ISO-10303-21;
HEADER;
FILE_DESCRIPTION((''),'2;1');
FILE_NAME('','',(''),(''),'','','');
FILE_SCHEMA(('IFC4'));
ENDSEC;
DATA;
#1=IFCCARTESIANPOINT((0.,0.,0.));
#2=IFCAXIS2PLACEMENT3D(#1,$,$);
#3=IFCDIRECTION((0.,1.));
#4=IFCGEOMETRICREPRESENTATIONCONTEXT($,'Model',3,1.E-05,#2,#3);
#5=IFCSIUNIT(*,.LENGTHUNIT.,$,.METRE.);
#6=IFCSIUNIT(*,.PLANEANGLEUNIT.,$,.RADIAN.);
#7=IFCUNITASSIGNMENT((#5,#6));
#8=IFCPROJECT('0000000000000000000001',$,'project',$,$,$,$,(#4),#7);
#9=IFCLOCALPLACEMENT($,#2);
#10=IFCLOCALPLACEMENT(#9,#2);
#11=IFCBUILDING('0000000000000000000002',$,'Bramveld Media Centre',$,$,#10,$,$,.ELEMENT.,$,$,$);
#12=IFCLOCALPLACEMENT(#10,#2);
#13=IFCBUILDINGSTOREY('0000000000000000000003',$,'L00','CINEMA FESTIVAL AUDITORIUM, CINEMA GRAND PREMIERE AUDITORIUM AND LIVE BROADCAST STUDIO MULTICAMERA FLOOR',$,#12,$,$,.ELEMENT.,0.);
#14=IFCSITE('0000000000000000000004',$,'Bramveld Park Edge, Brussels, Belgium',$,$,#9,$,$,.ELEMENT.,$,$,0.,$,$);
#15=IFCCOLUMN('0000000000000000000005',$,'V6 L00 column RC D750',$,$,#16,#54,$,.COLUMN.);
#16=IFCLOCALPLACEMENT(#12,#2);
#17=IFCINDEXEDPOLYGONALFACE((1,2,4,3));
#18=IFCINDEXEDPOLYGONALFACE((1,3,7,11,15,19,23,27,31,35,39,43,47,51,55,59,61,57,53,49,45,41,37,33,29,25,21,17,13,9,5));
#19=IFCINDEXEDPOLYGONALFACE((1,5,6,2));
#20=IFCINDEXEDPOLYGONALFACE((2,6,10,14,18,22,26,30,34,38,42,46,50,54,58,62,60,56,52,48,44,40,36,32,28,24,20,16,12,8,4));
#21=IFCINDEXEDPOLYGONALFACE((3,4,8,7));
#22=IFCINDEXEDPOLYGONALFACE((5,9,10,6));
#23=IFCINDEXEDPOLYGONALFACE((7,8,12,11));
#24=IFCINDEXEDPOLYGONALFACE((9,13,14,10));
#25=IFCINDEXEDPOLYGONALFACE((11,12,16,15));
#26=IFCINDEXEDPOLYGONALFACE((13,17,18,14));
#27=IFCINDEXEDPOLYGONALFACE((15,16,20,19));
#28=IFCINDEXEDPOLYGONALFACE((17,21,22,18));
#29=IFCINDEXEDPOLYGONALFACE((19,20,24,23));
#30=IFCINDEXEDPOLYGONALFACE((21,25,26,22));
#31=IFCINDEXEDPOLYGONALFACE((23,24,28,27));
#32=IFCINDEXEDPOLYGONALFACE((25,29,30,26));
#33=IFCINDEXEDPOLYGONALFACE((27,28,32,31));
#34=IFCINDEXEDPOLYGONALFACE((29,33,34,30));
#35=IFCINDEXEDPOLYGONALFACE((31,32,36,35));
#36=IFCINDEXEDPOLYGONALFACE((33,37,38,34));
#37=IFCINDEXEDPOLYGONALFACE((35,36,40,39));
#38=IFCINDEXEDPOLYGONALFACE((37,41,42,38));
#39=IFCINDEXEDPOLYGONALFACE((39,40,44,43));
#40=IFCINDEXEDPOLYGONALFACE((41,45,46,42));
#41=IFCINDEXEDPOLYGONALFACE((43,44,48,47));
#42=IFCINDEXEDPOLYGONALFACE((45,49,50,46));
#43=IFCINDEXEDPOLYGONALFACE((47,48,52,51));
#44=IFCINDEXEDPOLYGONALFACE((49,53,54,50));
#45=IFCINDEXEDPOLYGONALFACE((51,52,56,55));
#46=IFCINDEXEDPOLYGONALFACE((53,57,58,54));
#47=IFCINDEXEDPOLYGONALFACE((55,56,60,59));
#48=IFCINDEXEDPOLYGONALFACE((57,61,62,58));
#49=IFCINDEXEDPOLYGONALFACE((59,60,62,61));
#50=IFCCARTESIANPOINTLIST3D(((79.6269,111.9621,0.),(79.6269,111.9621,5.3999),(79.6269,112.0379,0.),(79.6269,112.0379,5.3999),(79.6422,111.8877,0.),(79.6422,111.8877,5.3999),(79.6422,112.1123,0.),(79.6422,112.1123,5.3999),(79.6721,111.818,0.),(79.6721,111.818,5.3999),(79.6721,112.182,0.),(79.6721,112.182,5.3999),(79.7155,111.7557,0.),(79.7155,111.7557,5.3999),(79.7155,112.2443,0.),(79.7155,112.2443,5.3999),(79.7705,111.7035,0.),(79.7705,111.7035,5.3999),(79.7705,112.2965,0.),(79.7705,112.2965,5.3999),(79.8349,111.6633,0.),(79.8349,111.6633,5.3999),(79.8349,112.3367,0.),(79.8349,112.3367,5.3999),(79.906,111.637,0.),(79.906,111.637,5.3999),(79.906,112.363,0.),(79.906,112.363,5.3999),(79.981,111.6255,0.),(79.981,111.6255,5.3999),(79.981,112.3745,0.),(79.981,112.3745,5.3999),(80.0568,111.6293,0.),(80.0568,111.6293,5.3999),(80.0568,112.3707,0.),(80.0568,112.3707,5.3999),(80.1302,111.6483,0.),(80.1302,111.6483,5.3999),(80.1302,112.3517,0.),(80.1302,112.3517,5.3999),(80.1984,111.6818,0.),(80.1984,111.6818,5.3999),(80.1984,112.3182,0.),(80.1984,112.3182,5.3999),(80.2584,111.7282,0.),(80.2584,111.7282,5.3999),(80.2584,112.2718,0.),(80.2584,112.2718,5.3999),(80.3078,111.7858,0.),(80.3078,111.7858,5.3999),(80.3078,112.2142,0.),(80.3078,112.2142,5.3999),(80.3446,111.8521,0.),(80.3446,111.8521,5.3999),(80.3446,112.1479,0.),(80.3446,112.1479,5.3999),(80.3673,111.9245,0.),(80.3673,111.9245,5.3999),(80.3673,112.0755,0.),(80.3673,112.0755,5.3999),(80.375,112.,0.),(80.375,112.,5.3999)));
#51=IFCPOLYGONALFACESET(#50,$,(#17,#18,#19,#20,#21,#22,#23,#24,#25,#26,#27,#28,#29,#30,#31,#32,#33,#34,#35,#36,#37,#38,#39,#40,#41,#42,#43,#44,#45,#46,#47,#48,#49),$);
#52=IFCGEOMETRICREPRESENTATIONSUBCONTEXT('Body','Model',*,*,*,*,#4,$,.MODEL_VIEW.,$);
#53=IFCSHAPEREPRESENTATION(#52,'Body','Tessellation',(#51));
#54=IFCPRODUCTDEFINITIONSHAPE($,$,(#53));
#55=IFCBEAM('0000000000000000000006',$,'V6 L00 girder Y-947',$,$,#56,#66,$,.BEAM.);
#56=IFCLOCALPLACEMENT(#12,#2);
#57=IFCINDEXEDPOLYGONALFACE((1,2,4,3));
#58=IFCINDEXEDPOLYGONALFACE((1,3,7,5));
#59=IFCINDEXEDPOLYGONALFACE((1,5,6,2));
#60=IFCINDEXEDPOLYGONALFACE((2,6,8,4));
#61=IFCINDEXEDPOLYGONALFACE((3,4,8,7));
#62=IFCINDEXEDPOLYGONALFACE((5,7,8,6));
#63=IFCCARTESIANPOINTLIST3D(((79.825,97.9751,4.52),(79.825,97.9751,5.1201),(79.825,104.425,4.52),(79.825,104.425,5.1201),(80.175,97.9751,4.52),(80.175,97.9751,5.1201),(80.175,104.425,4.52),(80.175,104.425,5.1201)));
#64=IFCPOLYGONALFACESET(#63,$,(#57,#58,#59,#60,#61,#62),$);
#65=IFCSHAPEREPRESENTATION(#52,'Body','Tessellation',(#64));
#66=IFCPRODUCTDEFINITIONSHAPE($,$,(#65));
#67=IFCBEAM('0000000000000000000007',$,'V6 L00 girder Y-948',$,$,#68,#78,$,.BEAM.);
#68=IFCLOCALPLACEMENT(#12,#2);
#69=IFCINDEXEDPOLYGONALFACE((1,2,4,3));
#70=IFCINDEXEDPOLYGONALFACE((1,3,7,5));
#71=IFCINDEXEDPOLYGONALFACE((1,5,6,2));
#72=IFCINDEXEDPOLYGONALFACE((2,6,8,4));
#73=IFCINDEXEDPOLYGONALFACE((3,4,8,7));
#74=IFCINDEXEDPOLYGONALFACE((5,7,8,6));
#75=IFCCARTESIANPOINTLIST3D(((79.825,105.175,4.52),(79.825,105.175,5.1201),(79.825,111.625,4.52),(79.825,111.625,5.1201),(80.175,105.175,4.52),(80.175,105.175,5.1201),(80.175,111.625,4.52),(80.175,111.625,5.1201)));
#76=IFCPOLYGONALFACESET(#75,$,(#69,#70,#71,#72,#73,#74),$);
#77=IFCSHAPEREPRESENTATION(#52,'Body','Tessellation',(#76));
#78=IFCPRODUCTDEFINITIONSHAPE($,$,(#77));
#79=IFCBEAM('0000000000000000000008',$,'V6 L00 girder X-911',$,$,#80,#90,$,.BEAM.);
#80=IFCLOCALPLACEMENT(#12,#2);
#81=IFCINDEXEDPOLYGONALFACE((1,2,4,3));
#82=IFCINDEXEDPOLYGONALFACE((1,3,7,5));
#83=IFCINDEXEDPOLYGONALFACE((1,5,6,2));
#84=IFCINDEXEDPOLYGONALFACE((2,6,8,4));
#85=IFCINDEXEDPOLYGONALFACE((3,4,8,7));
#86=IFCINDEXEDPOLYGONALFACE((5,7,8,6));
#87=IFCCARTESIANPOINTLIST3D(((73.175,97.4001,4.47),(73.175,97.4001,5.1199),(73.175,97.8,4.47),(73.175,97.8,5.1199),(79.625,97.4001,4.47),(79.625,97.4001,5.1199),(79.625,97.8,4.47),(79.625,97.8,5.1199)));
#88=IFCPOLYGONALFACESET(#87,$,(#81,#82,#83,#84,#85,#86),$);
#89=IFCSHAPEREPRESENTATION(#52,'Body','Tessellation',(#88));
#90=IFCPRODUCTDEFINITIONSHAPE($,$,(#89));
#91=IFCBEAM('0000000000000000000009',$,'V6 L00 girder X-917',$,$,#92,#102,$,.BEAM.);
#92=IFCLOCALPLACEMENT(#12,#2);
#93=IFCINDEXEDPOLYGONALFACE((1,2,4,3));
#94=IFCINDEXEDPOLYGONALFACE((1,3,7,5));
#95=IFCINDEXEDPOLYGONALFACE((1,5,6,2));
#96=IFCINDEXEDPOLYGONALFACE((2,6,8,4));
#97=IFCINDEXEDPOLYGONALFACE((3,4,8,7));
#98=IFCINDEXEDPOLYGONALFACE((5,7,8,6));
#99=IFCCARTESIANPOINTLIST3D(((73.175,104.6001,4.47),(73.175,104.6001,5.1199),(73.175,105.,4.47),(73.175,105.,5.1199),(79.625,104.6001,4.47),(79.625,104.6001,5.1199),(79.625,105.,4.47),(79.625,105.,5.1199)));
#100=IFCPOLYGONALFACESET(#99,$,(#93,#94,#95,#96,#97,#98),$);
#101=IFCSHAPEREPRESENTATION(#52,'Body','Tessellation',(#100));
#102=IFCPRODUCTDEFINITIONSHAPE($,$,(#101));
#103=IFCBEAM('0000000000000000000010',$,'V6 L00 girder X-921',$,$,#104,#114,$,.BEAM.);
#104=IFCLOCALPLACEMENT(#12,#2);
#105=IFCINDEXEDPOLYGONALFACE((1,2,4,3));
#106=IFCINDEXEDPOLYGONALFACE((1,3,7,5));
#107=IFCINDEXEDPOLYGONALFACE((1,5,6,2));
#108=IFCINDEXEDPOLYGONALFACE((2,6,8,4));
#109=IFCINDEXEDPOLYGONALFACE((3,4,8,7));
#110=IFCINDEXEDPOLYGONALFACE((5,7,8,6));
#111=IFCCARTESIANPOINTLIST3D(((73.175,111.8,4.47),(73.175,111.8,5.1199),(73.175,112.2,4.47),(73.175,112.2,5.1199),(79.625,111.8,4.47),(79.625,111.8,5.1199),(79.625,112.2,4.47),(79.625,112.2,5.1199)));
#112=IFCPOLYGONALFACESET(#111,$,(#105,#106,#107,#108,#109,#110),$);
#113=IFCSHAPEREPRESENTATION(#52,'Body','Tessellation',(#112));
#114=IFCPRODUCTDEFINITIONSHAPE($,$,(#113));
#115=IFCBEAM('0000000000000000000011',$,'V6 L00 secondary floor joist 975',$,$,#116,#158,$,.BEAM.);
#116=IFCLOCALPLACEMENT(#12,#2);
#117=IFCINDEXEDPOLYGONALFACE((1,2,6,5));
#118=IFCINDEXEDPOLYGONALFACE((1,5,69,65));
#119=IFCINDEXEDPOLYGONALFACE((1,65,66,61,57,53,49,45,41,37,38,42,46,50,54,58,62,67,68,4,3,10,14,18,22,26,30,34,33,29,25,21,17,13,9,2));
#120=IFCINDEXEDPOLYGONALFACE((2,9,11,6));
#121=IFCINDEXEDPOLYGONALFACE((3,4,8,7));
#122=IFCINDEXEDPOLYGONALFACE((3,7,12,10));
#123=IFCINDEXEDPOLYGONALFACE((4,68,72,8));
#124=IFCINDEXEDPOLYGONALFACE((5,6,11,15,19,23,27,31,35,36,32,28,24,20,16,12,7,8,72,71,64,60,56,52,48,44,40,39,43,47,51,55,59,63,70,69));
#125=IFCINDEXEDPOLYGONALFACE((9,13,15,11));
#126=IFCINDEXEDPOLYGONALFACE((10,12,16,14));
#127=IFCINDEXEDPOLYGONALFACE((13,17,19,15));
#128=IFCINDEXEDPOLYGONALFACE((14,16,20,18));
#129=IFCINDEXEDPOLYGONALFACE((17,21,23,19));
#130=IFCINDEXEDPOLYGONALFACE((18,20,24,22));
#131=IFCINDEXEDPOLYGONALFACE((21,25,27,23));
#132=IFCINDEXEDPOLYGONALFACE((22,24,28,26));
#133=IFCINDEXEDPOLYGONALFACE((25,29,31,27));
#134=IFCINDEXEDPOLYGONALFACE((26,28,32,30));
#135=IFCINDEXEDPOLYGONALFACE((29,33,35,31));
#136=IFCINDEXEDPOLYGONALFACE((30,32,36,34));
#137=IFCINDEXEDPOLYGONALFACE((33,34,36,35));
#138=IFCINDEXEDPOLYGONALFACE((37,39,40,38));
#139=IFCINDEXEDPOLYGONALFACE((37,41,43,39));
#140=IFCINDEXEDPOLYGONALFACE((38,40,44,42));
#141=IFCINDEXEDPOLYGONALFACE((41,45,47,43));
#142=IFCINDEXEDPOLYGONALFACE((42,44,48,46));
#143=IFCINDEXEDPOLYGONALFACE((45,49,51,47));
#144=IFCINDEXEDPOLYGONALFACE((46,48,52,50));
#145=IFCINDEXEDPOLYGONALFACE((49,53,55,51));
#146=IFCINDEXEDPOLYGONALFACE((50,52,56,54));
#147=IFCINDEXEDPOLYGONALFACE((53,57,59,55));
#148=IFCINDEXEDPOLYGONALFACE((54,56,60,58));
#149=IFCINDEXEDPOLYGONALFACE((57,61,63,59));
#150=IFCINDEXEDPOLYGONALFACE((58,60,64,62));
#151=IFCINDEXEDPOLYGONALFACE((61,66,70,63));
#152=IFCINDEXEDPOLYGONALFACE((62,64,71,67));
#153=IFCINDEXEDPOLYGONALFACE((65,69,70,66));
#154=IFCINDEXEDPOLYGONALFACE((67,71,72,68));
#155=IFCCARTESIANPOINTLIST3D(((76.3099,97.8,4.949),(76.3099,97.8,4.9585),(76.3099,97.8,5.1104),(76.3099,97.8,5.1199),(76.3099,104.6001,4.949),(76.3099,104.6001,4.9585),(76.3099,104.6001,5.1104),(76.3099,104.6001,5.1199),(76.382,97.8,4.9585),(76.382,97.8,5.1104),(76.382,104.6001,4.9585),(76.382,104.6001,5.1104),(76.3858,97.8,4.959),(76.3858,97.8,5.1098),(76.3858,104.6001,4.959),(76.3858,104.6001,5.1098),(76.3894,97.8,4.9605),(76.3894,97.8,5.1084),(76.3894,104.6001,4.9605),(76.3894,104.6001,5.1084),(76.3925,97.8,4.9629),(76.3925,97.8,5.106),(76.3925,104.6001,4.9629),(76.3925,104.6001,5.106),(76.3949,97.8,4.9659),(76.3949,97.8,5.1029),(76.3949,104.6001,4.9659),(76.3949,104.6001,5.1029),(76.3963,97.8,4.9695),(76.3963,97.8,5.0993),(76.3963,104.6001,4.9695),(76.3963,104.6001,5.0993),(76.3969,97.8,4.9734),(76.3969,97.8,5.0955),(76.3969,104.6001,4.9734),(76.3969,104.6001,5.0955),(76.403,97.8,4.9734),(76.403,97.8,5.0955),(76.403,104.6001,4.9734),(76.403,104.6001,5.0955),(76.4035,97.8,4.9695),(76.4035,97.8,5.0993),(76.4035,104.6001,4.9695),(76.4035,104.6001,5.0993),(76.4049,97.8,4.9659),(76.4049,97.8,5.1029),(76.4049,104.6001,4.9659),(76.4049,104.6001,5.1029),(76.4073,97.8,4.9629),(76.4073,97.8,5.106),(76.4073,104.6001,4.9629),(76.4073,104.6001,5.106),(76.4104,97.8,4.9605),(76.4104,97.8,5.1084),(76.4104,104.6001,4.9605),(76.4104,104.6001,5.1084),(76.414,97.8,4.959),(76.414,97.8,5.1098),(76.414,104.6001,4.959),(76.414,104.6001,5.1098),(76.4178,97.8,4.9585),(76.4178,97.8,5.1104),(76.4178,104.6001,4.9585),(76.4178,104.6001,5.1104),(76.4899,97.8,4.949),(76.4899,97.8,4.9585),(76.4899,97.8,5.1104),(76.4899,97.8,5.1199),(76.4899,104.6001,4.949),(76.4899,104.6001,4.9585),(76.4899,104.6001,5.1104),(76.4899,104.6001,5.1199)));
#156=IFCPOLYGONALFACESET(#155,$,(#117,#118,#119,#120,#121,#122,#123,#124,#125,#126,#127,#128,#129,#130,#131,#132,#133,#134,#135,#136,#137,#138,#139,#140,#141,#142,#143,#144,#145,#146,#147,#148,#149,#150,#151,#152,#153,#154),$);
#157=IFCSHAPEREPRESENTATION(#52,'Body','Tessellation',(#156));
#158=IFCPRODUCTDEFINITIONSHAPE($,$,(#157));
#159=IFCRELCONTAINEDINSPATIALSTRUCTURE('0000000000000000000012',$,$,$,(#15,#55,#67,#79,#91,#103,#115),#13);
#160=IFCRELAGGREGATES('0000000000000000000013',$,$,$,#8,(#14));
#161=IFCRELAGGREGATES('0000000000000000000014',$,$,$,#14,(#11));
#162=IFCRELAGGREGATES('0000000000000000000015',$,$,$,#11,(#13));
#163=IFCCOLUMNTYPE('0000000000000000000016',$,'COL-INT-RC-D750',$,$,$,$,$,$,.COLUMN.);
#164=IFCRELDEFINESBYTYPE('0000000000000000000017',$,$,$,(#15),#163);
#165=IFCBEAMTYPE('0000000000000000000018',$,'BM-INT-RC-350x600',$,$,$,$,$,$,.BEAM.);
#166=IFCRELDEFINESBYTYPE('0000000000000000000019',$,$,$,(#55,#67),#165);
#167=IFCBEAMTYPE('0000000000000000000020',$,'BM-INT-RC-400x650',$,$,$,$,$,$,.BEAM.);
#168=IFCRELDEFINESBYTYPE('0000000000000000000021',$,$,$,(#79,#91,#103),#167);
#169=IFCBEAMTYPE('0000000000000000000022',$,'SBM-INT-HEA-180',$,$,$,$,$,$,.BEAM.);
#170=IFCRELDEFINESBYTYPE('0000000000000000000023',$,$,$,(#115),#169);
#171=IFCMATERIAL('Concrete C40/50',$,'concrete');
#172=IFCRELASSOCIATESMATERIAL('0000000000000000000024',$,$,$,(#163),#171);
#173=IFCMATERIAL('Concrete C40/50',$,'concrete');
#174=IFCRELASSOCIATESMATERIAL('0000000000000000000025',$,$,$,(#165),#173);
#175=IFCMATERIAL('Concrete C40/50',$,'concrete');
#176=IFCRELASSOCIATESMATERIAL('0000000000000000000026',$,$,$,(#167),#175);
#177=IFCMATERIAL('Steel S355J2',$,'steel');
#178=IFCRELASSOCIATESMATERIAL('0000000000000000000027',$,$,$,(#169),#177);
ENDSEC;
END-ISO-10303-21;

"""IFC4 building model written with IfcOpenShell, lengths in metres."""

from ifc_helpers import new_model, si_unit, direction, frame, origin, origin_2d, place, context, subcontext, project, spatial, rectangle, circle, i_section, extrude, material, material_profile, profile_set, type_object, element, save


model = new_model("IFC4")

# Units and contexts
model_context = context("Model", 3, precision=1e-05, world=origin(), true_north=direction((0.0, 1.0)))
body_context = subcontext(model_context, "Body", "Model", "MODEL_VIEW")
ifc_project = project(units=[si_unit("LENGTHUNIT", "METRE"), si_unit("PLANEANGLEUNIT", "RADIAN")], contexts=[model_context])

# Site, building, storey
site_placement = place(None, origin())
site = spatial("IfcSite", under=ifc_project, at=site_placement, Name="Bramveld Park Edge, Brussels, Belgium", CompositionType="ELEMENT", RefElevation=0.0)
building_placement = place(site_placement, origin())
building = spatial("IfcBuilding", under=site, at=building_placement, Name="Bramveld Media Centre", CompositionType="ELEMENT")
storey_placement = place(building_placement, origin())
storey = spatial("IfcBuildingStorey", under=building, at=storey_placement, Name="L00", Description="CINEMA FESTIVAL AUDITORIUM, CINEMA GRAND PREMIERE AUDITORIUM AND LIVE BROADCAST STUDIO MULTICAMERA FLOOR", CompositionType="ELEMENT", Elevation=0.0)

# Column
ifc_material_1 = material(Name="Concrete C40/50", Category="concrete")
ifc_material_profile_1 = material_profile(ifc_material_1, circle(Radius=0.375, at=origin_2d()), Name="RC D750")
ifc_profile_set_1 = profile_set([ifc_material_profile_1], Name="Concrete C40/50")
column_type = type_object("IfcColumnType", Name="COL-INT-RC-D750", PredefinedType="COLUMN", material=ifc_profile_set_1)
for number, where, z_axis, x_axis, name in (
    (1, (80.0, 112.0, 0.0), (0.0, 0.0, 1.0), (1.0, 0.0, 0.0), "V6 L00 column RC D750"),
):
    element("IfcColumn", number, at=place(storey_placement, frame(where, z_axis=z_axis, x_axis=x_axis)), inside=storey, type_object=column_type, Name=name, PredefinedType="COLUMN", context=body_context, shape_type="SweptSolid", body=[
        extrude(circle(Radius=0.375, at=origin_2d()), origin(), (0.0, 0.0, 1.0), 5.3999),
    ])

# Beams
ifc_material_2 = material(Name="Concrete C40/50", Category="concrete")
ifc_material_profile_2 = material_profile(ifc_material_2, rectangle(XDim=0.3501, YDim=0.6001, at=origin_2d()), Name="RC 350x600")
ifc_profile_set_2 = profile_set([ifc_material_profile_2], Name="Concrete C40/50")
beam_type_1 = type_object("IfcBeamType", Name="BM-INT-RC-350x600", PredefinedType="BEAM", material=ifc_profile_set_2)
for number, where, z_axis, x_axis, name in (
    (2, (80.0, 97.9751, 4.8201), (0.0, 1.0, 0.0), (-1.0, 0.0, 0.0), "V6 L00 girder Y-947"),
    (3, (80.0, 105.175, 4.8201), (0.0, 1.0, 0.0), (-1.0, 0.0, 0.0), "V6 L00 girder Y-948"),
):
    element("IfcBeam", number, at=place(storey_placement, frame(where, z_axis=z_axis, x_axis=x_axis)), inside=storey, type_object=beam_type_1, Name=name, PredefinedType="BEAM", context=body_context, shape_type="SweptSolid", body=[
        extrude(rectangle(XDim=0.3501, YDim=0.6001, at=origin_2d()), origin(), (0.0, 0.0, 1.0), 6.45),
    ])
ifc_material_3 = material(Name="Concrete C40/50", Category="concrete")
ifc_material_profile_3 = material_profile(ifc_material_3, rectangle(XDim=0.3999, YDim=0.6499, at=origin_2d()), Name="RC 400x650")
ifc_profile_set_3 = profile_set([ifc_material_profile_3], Name="Concrete C40/50")
beam_type_2 = type_object("IfcBeamType", Name="BM-INT-RC-400x650", PredefinedType="BEAM", material=ifc_profile_set_3)
for number, where, z_axis, x_axis, name in (
    (4, (73.175, 97.6001, 4.7949), (1.0, 0.0, 0.0), (0.0, 1.0, 0.0), "V6 L00 girder X-911"),
    (5, (73.175, 104.8, 4.7949), (1.0, 0.0, 0.0), (0.0, 1.0, 0.0), "V6 L00 girder X-917"),
    (6, (73.175, 112.0, 4.7949), (1.0, 0.0, 0.0), (0.0, 1.0, 0.0), "V6 L00 girder X-921"),
):
    element("IfcBeam", number, at=place(storey_placement, frame(where, z_axis=z_axis, x_axis=x_axis)), inside=storey, type_object=beam_type_2, Name=name, PredefinedType="BEAM", context=body_context, shape_type="SweptSolid", body=[
        extrude(rectangle(XDim=0.3999, YDim=0.6499, at=origin_2d()), origin(), (0.0, 0.0, 1.0), 6.45),
    ])
ifc_material_4 = material(Name="Steel S355J2", Category="steel")
ifc_material_profile_4 = material_profile(ifc_material_4, i_section(OverallWidth=0.1799, OverallDepth=0.1709, WebThickness=0.0061, FlangeThickness=0.0095, FilletRadius=0.0149, at=origin_2d()), Name="HEA 180")
ifc_profile_set_4 = profile_set([ifc_material_profile_4], Name="Steel S355J2")
beam_type_3 = type_object("IfcBeamType", Name="SBM-INT-HEA-180", PredefinedType="BEAM", material=ifc_profile_set_4)
beam_1_placement = place(storey_placement, frame((76.3999, 97.8, 5.0344), z_axis=(0.0, 1.0, 0.0), x_axis=(-1.0, 0.0, 0.0)))
element("IfcBeam", 7, at=beam_1_placement, inside=storey, type_object=beam_type_3, Name="V6 L00 secondary floor joist 975", PredefinedType="BEAM", context=body_context, shape_type="SweptSolid", body=[
    extrude(i_section(OverallWidth=0.1799, OverallDepth=0.1709, WebThickness=0.0061, FlangeThickness=0.0095, FilletRadius=0.0149, at=origin_2d()), origin(), (0.0, 0.0, 1.0), 6.8),
])

save(model, "model.ifc")
